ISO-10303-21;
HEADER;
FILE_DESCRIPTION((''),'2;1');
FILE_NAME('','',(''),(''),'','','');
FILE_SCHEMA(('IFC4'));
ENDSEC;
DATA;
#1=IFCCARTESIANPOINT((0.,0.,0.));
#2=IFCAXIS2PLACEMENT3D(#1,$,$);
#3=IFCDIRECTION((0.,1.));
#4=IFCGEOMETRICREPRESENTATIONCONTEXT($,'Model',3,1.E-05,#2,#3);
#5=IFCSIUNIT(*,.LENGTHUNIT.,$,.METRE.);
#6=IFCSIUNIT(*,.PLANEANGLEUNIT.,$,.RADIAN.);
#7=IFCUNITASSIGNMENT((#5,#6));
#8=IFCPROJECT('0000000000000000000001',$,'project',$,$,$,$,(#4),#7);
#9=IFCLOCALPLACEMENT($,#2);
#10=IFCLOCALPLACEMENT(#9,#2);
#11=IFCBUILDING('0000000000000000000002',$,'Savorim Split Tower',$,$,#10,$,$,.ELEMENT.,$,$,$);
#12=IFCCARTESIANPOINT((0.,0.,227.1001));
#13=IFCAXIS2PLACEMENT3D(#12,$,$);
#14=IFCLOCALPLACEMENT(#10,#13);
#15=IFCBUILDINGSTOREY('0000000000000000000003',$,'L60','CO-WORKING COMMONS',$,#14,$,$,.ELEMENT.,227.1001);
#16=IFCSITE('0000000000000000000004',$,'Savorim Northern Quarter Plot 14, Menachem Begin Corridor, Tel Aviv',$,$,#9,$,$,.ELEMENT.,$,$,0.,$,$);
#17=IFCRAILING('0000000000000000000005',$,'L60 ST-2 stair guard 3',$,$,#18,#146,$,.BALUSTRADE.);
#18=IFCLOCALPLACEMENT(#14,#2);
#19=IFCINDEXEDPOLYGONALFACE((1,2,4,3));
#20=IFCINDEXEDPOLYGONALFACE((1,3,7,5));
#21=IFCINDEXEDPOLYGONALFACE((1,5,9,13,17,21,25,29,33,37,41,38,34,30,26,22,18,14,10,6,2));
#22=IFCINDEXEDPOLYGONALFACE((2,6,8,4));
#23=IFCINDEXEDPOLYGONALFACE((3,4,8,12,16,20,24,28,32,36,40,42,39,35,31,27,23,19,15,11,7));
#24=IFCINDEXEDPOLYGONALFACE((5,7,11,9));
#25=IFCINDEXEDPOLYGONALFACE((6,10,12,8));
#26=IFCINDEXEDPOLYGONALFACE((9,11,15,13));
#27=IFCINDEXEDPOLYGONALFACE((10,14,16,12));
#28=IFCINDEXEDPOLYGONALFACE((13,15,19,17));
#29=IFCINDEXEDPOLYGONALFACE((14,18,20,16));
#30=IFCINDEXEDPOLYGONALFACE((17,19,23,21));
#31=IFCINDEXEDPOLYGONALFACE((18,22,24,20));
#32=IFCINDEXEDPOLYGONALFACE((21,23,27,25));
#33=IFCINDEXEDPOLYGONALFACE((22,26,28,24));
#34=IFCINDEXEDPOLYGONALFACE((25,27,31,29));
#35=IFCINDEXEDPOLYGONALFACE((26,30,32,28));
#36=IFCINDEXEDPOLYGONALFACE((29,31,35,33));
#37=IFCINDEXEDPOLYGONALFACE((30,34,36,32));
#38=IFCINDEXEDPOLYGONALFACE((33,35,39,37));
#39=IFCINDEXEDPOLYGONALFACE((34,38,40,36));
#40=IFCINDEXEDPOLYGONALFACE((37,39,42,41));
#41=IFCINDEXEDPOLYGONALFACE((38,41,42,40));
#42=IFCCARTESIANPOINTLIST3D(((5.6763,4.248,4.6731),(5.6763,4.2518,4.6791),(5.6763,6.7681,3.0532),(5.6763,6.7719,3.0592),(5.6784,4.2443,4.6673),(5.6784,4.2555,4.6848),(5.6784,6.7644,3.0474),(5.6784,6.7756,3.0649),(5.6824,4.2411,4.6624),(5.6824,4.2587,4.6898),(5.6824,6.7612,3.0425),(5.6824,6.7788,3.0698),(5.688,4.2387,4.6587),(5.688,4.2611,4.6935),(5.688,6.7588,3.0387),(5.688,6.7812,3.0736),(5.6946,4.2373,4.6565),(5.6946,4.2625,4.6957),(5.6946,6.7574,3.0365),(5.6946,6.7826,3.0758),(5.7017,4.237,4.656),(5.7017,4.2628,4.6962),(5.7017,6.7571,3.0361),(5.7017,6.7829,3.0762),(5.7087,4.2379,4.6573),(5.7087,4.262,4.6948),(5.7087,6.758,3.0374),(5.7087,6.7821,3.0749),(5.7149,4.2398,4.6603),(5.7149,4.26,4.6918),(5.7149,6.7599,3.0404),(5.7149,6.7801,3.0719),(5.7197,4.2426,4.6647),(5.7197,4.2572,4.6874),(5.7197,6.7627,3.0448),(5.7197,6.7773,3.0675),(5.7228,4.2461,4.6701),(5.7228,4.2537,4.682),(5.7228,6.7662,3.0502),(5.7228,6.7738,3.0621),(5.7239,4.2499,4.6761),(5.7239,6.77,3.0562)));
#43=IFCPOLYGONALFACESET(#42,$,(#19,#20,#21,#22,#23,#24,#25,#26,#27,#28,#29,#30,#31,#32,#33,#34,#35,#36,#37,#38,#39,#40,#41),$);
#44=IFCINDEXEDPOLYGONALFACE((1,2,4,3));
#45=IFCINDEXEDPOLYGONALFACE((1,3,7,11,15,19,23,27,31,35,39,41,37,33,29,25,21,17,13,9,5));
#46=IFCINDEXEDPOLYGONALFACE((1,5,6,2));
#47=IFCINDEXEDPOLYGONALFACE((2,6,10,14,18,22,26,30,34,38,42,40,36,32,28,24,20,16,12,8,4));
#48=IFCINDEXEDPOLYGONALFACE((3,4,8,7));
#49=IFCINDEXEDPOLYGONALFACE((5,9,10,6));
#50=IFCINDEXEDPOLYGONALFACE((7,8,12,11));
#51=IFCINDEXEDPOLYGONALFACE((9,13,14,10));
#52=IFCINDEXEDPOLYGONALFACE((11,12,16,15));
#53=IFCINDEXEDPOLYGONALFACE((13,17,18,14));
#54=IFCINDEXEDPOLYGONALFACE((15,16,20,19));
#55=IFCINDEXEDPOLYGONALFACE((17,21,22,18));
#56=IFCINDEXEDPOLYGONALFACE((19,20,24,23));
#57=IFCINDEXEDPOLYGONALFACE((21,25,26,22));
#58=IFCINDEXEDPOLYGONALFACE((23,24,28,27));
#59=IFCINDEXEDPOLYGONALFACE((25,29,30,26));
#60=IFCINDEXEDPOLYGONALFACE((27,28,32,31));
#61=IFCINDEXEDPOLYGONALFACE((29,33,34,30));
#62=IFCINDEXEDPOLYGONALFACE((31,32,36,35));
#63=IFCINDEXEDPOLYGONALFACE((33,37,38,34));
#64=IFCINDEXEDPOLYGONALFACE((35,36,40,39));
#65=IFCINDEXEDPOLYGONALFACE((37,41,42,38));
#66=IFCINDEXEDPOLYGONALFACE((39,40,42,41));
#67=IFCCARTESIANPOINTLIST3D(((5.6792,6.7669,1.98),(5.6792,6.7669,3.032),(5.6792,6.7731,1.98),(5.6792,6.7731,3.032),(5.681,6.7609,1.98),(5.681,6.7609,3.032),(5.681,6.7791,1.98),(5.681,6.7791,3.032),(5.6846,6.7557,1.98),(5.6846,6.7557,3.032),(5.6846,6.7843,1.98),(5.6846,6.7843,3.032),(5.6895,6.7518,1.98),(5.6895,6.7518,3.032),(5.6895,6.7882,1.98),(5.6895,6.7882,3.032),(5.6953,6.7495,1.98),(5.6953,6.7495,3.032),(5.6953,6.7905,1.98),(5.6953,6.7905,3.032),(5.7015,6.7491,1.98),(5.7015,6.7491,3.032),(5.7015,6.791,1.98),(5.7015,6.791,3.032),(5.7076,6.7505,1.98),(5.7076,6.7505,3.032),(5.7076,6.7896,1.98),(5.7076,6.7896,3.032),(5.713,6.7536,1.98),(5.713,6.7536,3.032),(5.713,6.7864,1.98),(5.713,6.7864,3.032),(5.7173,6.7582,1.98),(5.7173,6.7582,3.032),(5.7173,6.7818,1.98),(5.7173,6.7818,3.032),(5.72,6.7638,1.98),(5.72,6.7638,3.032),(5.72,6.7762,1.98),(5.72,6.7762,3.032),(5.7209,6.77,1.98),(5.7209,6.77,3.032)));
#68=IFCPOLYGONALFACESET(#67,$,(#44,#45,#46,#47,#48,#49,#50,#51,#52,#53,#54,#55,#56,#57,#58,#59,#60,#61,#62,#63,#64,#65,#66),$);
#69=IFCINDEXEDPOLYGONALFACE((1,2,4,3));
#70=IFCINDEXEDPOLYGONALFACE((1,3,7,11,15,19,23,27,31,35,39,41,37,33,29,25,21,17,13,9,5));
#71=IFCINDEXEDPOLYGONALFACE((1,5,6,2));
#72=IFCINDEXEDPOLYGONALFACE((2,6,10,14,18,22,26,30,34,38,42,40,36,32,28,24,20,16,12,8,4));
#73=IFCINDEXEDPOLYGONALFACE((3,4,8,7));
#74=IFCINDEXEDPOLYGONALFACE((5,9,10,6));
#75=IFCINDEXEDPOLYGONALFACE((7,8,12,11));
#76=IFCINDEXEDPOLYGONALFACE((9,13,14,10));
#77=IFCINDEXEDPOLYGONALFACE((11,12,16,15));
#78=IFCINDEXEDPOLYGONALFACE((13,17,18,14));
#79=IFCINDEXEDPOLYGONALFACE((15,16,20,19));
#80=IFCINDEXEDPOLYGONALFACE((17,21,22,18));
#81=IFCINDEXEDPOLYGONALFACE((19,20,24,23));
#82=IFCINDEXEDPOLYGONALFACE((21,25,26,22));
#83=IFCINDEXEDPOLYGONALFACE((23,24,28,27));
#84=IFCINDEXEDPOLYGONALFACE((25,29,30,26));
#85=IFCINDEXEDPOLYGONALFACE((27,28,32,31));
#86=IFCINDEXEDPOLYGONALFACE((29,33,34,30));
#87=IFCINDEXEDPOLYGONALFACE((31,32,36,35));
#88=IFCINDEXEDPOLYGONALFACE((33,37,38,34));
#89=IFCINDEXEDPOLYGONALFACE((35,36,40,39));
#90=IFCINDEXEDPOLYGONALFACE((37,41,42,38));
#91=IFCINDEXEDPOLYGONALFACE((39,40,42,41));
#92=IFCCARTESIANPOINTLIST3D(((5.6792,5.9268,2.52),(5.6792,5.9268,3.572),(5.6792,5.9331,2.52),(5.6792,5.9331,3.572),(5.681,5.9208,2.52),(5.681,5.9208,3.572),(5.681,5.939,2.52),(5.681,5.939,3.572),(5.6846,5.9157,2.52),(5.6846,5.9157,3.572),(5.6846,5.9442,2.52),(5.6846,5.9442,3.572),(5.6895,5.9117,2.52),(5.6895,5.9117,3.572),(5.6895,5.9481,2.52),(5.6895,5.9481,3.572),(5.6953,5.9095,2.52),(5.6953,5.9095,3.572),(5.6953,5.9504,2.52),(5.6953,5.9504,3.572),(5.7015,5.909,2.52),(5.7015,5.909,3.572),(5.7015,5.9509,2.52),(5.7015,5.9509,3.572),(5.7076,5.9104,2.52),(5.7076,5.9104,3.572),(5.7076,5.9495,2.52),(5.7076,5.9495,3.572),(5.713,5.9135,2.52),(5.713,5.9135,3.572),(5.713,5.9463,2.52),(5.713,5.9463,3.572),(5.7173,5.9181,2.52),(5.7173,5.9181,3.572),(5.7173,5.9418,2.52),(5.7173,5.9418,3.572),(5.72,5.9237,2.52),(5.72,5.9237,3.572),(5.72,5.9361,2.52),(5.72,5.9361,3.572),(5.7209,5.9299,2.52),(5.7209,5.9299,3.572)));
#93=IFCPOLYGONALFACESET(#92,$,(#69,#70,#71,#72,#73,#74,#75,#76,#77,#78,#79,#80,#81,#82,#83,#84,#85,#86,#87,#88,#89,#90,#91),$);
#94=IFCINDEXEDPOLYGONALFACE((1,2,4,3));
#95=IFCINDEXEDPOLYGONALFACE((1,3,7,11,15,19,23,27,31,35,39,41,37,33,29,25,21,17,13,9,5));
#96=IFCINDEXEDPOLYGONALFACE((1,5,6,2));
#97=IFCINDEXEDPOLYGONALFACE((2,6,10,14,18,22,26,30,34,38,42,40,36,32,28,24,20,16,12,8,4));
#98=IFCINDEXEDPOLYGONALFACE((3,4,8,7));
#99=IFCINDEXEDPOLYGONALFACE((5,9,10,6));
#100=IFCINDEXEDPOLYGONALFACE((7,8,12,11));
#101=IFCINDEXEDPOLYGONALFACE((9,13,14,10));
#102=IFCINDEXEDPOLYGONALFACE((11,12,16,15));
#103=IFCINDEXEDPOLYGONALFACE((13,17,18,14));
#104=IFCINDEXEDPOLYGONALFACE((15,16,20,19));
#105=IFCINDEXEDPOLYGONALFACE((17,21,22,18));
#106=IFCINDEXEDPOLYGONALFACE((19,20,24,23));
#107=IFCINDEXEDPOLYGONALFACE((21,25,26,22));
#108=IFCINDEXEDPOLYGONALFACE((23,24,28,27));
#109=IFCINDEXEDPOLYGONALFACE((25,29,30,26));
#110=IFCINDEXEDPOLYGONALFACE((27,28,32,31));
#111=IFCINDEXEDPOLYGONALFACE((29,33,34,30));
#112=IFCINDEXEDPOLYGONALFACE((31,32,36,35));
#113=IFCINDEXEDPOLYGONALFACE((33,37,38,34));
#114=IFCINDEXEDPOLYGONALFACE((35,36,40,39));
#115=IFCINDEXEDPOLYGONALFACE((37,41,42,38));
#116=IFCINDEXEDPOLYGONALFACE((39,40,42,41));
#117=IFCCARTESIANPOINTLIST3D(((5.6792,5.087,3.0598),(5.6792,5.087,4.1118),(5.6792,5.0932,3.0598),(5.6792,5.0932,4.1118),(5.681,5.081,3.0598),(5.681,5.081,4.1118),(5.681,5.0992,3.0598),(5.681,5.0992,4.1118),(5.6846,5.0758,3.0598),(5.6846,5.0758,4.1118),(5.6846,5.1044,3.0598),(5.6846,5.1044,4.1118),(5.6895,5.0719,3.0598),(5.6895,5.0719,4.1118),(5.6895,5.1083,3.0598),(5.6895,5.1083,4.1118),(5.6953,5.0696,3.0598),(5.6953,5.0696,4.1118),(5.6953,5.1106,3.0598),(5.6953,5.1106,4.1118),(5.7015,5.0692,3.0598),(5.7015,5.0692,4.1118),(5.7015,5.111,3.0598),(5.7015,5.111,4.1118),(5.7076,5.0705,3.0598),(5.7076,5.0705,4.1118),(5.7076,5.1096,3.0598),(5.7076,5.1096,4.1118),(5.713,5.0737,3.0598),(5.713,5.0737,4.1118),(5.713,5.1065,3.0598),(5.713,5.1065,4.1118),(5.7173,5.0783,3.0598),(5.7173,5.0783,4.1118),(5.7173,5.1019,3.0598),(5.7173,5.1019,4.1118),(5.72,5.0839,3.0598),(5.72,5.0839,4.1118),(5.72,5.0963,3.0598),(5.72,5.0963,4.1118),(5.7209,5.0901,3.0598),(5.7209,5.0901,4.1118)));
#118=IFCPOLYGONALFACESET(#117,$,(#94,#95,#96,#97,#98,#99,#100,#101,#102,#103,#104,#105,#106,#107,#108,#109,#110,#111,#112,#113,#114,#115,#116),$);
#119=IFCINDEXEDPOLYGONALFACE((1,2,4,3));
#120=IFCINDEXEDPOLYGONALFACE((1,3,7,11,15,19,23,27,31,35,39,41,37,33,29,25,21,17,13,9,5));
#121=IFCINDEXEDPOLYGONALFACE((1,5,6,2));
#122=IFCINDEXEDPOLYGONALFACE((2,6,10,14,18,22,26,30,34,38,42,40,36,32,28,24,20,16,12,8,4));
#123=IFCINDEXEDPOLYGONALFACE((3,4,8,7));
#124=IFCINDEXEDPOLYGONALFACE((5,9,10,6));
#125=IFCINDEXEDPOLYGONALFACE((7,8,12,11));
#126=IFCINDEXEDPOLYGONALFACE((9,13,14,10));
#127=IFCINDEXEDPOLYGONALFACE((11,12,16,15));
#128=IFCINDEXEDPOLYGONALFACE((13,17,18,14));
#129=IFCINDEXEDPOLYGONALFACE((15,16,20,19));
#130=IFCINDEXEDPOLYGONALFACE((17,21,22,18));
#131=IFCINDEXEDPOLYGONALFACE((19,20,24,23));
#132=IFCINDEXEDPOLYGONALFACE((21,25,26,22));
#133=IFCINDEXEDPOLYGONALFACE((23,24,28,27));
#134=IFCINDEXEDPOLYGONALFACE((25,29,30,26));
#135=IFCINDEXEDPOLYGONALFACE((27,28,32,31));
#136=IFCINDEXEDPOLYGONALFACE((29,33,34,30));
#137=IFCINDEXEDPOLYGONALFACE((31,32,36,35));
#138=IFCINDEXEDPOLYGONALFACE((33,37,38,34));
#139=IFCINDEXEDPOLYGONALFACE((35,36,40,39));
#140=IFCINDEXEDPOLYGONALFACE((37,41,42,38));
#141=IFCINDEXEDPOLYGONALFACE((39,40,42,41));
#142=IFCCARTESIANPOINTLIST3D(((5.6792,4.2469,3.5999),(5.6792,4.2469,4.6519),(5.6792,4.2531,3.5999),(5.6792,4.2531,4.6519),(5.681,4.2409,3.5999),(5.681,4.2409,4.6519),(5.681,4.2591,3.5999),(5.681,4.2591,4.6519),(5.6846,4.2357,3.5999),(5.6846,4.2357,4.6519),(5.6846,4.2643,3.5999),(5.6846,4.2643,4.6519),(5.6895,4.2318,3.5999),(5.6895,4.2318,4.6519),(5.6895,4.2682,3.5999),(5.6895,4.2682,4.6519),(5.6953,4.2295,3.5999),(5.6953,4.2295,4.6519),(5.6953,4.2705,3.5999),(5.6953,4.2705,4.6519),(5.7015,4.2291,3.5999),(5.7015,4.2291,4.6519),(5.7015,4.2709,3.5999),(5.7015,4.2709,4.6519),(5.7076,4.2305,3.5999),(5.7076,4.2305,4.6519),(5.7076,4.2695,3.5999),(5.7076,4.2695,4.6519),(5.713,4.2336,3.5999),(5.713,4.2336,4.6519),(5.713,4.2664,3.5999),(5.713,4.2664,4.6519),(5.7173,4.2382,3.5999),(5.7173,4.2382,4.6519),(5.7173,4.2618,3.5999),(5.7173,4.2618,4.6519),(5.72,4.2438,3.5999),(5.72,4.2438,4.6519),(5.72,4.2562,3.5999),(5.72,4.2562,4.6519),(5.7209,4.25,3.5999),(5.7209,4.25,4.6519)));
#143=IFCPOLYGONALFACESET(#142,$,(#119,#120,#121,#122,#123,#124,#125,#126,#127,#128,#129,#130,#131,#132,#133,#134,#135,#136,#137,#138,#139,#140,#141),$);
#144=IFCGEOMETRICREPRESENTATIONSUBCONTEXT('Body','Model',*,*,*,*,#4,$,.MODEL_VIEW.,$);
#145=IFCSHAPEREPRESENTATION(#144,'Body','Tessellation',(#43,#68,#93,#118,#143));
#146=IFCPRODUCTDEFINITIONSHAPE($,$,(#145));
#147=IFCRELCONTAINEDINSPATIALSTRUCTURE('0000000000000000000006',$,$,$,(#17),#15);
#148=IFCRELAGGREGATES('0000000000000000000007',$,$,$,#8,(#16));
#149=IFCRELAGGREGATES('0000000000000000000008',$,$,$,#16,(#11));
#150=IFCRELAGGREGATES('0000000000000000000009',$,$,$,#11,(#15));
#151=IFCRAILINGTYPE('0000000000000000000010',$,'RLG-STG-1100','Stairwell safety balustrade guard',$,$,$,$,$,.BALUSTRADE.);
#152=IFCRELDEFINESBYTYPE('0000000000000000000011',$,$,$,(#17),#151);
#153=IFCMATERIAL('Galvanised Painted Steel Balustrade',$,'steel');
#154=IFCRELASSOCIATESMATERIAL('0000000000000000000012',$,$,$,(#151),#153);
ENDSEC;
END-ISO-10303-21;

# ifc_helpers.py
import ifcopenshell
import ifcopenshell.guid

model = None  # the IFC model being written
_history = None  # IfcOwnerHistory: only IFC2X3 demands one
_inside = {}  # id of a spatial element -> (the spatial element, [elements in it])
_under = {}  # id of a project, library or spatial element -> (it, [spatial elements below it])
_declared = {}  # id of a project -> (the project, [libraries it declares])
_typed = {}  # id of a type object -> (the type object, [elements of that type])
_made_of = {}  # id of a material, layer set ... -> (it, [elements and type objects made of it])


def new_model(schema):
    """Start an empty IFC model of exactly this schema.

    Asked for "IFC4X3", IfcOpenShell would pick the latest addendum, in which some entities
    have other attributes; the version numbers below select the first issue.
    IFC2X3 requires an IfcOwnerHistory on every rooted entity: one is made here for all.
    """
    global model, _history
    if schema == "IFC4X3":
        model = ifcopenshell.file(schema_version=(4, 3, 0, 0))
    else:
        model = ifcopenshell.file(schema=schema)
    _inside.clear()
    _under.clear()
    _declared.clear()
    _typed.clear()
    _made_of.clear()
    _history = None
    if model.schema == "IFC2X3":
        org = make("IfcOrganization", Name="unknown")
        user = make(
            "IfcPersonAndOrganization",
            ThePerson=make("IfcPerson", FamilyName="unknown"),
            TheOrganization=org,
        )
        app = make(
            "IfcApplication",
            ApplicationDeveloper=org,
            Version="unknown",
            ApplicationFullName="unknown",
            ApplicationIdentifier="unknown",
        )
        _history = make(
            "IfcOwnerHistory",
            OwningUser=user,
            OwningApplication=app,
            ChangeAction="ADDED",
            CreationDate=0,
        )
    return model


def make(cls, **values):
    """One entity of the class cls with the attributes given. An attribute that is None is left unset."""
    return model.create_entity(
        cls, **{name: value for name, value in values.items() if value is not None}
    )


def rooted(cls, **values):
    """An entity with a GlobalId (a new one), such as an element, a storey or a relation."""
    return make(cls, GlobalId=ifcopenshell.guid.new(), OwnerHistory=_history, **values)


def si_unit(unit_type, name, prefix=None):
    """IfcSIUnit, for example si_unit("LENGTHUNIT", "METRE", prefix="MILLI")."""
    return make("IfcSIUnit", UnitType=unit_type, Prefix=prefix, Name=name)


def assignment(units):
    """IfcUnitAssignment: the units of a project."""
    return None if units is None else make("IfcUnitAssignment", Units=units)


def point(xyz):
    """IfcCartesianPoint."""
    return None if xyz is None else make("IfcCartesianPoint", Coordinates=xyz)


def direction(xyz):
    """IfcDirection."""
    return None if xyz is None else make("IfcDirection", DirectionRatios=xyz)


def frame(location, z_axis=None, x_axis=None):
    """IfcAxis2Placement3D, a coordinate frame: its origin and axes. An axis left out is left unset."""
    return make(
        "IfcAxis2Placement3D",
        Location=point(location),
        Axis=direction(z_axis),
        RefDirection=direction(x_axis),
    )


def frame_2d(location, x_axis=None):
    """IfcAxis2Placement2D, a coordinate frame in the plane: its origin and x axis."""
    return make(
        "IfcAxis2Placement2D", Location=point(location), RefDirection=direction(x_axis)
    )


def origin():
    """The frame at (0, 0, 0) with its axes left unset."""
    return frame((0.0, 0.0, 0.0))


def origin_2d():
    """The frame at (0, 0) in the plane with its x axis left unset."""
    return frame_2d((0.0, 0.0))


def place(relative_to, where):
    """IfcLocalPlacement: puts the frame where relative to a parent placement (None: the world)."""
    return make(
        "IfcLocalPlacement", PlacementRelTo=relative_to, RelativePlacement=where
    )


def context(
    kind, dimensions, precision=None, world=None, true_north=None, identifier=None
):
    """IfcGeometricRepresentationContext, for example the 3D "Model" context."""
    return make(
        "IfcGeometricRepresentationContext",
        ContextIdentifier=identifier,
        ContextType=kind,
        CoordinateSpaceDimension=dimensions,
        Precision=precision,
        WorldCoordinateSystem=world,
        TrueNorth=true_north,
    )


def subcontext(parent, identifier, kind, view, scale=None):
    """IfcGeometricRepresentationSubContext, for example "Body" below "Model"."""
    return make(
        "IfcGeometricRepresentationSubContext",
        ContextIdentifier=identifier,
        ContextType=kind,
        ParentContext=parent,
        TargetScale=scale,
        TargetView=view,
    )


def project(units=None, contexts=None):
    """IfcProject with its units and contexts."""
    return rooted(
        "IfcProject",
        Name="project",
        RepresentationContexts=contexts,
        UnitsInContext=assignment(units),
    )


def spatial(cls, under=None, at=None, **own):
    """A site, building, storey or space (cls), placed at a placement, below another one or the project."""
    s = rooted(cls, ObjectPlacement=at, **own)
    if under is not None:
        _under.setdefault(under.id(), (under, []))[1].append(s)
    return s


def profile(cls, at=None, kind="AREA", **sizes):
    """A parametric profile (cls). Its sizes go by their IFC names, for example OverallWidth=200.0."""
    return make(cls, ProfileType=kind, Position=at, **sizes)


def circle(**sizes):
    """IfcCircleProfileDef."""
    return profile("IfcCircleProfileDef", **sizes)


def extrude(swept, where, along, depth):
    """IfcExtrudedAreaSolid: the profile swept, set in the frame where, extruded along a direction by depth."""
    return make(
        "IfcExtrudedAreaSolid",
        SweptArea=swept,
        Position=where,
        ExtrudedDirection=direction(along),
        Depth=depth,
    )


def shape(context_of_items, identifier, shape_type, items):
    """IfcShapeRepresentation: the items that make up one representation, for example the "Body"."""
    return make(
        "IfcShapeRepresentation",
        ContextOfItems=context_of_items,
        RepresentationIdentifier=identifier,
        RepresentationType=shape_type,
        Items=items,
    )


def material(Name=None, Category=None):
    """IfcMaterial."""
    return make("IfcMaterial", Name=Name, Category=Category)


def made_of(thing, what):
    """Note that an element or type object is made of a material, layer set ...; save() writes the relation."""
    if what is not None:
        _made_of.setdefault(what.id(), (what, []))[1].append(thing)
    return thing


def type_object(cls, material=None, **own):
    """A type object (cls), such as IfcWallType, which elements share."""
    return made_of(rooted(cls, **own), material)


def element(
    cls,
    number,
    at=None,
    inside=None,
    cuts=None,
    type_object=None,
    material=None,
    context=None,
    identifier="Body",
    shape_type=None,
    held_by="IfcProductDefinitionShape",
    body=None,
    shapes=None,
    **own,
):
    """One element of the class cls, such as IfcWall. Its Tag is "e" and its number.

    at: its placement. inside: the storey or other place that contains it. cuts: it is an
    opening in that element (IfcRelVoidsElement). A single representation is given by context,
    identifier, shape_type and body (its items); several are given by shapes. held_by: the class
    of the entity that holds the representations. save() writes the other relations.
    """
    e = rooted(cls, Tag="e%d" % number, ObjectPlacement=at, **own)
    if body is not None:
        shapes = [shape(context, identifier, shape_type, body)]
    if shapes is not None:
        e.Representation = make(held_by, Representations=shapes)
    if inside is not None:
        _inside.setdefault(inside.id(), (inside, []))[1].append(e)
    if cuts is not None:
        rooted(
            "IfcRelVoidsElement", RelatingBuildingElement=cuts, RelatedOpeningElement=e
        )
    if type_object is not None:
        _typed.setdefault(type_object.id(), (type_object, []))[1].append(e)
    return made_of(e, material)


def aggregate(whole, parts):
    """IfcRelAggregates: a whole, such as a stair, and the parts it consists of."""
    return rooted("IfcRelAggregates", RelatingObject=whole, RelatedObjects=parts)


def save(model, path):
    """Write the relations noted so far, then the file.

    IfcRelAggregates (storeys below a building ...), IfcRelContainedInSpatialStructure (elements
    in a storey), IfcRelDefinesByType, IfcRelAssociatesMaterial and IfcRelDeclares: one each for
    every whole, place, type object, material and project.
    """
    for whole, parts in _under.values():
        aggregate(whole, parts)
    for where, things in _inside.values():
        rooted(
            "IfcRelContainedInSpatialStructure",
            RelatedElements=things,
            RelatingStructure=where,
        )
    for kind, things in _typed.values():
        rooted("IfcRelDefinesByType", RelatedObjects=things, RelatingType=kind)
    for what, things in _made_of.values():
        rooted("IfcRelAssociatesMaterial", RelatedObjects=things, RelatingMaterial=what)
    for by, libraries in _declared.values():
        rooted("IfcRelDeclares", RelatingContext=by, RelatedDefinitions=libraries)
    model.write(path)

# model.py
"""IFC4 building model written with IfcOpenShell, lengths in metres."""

from ifc_helpers import new_model, si_unit, direction, frame, origin, origin_2d, place, context, subcontext, project, spatial, circle, extrude, material, type_object, element, save


model = new_model("IFC4")

# Units and contexts
model_context = context("Model", 3, precision=1e-05, world=origin(), true_north=direction((0.0, 1.0)))
body_context = subcontext(model_context, "Body", "Model", "MODEL_VIEW")
ifc_project = project(units=[si_unit("LENGTHUNIT", "METRE"), si_unit("PLANEANGLEUNIT", "RADIAN")], contexts=[model_context])

# Site, building, storey
site_placement = place(None, origin())
site = spatial("IfcSite", under=ifc_project, at=site_placement, Name="Savorim Northern Quarter Plot 14, Menachem Begin Corridor, Tel Aviv", CompositionType="ELEMENT", RefElevation=0.0)
building_placement = place(site_placement, origin())
building = spatial("IfcBuilding", under=site, at=building_placement, Name="Savorim Split Tower", CompositionType="ELEMENT")
storey_placement = place(building_placement, frame((0.0, 0.0, 227.1001)))
storey = spatial("IfcBuildingStorey", under=building, at=storey_placement, Name="L60", Description="CO-WORKING COMMONS", CompositionType="ELEMENT", Elevation=227.1001)

# Railing
ifc_material_1 = material(Name="Galvanised Painted Steel Balustrade", Category="steel")
railing_type_1 = type_object("IfcRailingType", Name="RLG-STG-1100", Description="Stairwell safety balustrade guard", PredefinedType="BALUSTRADE", material=ifc_material_1)
railing_1_placement = place(storey_placement, frame((5.7, 6.77, 1.98)))
element("IfcRailing", 1, at=railing_1_placement, inside=storey, type_object=railing_type_1, Name="L60 ST-2 stair guard 3", PredefinedType="BALUSTRADE", context=body_context, shape_type="SweptSolid", body=[
    extrude(circle(Radius=0.0239, at=origin_2d()), frame((0.0, 0.0, 1.0762), z_axis=(0.0, -0.8412, 0.540725), x_axis=(1.0, 0.0, 0.0)), (0.0, 0.0, 1.0), 2.9958),
    extrude(circle(Radius=0.021, at=origin_2d()), origin(), (0.0, 0.0, 1.0), 1.052),
    extrude(circle(Radius=0.021, at=origin_2d()), frame((0.0, -0.8401, 0.54)), (0.0, 0.0, 1.0), 1.052),
    extrude(circle(Radius=0.021, at=origin_2d()), frame((0.0, -1.6799, 1.0798)), (0.0, 0.0, 1.0), 1.052),
    extrude(circle(Radius=0.021, at=origin_2d()), frame((0.0, -2.52, 1.6199)), (0.0, 0.0, 1.0), 1.052),
])

save(model, "model.ifc")
